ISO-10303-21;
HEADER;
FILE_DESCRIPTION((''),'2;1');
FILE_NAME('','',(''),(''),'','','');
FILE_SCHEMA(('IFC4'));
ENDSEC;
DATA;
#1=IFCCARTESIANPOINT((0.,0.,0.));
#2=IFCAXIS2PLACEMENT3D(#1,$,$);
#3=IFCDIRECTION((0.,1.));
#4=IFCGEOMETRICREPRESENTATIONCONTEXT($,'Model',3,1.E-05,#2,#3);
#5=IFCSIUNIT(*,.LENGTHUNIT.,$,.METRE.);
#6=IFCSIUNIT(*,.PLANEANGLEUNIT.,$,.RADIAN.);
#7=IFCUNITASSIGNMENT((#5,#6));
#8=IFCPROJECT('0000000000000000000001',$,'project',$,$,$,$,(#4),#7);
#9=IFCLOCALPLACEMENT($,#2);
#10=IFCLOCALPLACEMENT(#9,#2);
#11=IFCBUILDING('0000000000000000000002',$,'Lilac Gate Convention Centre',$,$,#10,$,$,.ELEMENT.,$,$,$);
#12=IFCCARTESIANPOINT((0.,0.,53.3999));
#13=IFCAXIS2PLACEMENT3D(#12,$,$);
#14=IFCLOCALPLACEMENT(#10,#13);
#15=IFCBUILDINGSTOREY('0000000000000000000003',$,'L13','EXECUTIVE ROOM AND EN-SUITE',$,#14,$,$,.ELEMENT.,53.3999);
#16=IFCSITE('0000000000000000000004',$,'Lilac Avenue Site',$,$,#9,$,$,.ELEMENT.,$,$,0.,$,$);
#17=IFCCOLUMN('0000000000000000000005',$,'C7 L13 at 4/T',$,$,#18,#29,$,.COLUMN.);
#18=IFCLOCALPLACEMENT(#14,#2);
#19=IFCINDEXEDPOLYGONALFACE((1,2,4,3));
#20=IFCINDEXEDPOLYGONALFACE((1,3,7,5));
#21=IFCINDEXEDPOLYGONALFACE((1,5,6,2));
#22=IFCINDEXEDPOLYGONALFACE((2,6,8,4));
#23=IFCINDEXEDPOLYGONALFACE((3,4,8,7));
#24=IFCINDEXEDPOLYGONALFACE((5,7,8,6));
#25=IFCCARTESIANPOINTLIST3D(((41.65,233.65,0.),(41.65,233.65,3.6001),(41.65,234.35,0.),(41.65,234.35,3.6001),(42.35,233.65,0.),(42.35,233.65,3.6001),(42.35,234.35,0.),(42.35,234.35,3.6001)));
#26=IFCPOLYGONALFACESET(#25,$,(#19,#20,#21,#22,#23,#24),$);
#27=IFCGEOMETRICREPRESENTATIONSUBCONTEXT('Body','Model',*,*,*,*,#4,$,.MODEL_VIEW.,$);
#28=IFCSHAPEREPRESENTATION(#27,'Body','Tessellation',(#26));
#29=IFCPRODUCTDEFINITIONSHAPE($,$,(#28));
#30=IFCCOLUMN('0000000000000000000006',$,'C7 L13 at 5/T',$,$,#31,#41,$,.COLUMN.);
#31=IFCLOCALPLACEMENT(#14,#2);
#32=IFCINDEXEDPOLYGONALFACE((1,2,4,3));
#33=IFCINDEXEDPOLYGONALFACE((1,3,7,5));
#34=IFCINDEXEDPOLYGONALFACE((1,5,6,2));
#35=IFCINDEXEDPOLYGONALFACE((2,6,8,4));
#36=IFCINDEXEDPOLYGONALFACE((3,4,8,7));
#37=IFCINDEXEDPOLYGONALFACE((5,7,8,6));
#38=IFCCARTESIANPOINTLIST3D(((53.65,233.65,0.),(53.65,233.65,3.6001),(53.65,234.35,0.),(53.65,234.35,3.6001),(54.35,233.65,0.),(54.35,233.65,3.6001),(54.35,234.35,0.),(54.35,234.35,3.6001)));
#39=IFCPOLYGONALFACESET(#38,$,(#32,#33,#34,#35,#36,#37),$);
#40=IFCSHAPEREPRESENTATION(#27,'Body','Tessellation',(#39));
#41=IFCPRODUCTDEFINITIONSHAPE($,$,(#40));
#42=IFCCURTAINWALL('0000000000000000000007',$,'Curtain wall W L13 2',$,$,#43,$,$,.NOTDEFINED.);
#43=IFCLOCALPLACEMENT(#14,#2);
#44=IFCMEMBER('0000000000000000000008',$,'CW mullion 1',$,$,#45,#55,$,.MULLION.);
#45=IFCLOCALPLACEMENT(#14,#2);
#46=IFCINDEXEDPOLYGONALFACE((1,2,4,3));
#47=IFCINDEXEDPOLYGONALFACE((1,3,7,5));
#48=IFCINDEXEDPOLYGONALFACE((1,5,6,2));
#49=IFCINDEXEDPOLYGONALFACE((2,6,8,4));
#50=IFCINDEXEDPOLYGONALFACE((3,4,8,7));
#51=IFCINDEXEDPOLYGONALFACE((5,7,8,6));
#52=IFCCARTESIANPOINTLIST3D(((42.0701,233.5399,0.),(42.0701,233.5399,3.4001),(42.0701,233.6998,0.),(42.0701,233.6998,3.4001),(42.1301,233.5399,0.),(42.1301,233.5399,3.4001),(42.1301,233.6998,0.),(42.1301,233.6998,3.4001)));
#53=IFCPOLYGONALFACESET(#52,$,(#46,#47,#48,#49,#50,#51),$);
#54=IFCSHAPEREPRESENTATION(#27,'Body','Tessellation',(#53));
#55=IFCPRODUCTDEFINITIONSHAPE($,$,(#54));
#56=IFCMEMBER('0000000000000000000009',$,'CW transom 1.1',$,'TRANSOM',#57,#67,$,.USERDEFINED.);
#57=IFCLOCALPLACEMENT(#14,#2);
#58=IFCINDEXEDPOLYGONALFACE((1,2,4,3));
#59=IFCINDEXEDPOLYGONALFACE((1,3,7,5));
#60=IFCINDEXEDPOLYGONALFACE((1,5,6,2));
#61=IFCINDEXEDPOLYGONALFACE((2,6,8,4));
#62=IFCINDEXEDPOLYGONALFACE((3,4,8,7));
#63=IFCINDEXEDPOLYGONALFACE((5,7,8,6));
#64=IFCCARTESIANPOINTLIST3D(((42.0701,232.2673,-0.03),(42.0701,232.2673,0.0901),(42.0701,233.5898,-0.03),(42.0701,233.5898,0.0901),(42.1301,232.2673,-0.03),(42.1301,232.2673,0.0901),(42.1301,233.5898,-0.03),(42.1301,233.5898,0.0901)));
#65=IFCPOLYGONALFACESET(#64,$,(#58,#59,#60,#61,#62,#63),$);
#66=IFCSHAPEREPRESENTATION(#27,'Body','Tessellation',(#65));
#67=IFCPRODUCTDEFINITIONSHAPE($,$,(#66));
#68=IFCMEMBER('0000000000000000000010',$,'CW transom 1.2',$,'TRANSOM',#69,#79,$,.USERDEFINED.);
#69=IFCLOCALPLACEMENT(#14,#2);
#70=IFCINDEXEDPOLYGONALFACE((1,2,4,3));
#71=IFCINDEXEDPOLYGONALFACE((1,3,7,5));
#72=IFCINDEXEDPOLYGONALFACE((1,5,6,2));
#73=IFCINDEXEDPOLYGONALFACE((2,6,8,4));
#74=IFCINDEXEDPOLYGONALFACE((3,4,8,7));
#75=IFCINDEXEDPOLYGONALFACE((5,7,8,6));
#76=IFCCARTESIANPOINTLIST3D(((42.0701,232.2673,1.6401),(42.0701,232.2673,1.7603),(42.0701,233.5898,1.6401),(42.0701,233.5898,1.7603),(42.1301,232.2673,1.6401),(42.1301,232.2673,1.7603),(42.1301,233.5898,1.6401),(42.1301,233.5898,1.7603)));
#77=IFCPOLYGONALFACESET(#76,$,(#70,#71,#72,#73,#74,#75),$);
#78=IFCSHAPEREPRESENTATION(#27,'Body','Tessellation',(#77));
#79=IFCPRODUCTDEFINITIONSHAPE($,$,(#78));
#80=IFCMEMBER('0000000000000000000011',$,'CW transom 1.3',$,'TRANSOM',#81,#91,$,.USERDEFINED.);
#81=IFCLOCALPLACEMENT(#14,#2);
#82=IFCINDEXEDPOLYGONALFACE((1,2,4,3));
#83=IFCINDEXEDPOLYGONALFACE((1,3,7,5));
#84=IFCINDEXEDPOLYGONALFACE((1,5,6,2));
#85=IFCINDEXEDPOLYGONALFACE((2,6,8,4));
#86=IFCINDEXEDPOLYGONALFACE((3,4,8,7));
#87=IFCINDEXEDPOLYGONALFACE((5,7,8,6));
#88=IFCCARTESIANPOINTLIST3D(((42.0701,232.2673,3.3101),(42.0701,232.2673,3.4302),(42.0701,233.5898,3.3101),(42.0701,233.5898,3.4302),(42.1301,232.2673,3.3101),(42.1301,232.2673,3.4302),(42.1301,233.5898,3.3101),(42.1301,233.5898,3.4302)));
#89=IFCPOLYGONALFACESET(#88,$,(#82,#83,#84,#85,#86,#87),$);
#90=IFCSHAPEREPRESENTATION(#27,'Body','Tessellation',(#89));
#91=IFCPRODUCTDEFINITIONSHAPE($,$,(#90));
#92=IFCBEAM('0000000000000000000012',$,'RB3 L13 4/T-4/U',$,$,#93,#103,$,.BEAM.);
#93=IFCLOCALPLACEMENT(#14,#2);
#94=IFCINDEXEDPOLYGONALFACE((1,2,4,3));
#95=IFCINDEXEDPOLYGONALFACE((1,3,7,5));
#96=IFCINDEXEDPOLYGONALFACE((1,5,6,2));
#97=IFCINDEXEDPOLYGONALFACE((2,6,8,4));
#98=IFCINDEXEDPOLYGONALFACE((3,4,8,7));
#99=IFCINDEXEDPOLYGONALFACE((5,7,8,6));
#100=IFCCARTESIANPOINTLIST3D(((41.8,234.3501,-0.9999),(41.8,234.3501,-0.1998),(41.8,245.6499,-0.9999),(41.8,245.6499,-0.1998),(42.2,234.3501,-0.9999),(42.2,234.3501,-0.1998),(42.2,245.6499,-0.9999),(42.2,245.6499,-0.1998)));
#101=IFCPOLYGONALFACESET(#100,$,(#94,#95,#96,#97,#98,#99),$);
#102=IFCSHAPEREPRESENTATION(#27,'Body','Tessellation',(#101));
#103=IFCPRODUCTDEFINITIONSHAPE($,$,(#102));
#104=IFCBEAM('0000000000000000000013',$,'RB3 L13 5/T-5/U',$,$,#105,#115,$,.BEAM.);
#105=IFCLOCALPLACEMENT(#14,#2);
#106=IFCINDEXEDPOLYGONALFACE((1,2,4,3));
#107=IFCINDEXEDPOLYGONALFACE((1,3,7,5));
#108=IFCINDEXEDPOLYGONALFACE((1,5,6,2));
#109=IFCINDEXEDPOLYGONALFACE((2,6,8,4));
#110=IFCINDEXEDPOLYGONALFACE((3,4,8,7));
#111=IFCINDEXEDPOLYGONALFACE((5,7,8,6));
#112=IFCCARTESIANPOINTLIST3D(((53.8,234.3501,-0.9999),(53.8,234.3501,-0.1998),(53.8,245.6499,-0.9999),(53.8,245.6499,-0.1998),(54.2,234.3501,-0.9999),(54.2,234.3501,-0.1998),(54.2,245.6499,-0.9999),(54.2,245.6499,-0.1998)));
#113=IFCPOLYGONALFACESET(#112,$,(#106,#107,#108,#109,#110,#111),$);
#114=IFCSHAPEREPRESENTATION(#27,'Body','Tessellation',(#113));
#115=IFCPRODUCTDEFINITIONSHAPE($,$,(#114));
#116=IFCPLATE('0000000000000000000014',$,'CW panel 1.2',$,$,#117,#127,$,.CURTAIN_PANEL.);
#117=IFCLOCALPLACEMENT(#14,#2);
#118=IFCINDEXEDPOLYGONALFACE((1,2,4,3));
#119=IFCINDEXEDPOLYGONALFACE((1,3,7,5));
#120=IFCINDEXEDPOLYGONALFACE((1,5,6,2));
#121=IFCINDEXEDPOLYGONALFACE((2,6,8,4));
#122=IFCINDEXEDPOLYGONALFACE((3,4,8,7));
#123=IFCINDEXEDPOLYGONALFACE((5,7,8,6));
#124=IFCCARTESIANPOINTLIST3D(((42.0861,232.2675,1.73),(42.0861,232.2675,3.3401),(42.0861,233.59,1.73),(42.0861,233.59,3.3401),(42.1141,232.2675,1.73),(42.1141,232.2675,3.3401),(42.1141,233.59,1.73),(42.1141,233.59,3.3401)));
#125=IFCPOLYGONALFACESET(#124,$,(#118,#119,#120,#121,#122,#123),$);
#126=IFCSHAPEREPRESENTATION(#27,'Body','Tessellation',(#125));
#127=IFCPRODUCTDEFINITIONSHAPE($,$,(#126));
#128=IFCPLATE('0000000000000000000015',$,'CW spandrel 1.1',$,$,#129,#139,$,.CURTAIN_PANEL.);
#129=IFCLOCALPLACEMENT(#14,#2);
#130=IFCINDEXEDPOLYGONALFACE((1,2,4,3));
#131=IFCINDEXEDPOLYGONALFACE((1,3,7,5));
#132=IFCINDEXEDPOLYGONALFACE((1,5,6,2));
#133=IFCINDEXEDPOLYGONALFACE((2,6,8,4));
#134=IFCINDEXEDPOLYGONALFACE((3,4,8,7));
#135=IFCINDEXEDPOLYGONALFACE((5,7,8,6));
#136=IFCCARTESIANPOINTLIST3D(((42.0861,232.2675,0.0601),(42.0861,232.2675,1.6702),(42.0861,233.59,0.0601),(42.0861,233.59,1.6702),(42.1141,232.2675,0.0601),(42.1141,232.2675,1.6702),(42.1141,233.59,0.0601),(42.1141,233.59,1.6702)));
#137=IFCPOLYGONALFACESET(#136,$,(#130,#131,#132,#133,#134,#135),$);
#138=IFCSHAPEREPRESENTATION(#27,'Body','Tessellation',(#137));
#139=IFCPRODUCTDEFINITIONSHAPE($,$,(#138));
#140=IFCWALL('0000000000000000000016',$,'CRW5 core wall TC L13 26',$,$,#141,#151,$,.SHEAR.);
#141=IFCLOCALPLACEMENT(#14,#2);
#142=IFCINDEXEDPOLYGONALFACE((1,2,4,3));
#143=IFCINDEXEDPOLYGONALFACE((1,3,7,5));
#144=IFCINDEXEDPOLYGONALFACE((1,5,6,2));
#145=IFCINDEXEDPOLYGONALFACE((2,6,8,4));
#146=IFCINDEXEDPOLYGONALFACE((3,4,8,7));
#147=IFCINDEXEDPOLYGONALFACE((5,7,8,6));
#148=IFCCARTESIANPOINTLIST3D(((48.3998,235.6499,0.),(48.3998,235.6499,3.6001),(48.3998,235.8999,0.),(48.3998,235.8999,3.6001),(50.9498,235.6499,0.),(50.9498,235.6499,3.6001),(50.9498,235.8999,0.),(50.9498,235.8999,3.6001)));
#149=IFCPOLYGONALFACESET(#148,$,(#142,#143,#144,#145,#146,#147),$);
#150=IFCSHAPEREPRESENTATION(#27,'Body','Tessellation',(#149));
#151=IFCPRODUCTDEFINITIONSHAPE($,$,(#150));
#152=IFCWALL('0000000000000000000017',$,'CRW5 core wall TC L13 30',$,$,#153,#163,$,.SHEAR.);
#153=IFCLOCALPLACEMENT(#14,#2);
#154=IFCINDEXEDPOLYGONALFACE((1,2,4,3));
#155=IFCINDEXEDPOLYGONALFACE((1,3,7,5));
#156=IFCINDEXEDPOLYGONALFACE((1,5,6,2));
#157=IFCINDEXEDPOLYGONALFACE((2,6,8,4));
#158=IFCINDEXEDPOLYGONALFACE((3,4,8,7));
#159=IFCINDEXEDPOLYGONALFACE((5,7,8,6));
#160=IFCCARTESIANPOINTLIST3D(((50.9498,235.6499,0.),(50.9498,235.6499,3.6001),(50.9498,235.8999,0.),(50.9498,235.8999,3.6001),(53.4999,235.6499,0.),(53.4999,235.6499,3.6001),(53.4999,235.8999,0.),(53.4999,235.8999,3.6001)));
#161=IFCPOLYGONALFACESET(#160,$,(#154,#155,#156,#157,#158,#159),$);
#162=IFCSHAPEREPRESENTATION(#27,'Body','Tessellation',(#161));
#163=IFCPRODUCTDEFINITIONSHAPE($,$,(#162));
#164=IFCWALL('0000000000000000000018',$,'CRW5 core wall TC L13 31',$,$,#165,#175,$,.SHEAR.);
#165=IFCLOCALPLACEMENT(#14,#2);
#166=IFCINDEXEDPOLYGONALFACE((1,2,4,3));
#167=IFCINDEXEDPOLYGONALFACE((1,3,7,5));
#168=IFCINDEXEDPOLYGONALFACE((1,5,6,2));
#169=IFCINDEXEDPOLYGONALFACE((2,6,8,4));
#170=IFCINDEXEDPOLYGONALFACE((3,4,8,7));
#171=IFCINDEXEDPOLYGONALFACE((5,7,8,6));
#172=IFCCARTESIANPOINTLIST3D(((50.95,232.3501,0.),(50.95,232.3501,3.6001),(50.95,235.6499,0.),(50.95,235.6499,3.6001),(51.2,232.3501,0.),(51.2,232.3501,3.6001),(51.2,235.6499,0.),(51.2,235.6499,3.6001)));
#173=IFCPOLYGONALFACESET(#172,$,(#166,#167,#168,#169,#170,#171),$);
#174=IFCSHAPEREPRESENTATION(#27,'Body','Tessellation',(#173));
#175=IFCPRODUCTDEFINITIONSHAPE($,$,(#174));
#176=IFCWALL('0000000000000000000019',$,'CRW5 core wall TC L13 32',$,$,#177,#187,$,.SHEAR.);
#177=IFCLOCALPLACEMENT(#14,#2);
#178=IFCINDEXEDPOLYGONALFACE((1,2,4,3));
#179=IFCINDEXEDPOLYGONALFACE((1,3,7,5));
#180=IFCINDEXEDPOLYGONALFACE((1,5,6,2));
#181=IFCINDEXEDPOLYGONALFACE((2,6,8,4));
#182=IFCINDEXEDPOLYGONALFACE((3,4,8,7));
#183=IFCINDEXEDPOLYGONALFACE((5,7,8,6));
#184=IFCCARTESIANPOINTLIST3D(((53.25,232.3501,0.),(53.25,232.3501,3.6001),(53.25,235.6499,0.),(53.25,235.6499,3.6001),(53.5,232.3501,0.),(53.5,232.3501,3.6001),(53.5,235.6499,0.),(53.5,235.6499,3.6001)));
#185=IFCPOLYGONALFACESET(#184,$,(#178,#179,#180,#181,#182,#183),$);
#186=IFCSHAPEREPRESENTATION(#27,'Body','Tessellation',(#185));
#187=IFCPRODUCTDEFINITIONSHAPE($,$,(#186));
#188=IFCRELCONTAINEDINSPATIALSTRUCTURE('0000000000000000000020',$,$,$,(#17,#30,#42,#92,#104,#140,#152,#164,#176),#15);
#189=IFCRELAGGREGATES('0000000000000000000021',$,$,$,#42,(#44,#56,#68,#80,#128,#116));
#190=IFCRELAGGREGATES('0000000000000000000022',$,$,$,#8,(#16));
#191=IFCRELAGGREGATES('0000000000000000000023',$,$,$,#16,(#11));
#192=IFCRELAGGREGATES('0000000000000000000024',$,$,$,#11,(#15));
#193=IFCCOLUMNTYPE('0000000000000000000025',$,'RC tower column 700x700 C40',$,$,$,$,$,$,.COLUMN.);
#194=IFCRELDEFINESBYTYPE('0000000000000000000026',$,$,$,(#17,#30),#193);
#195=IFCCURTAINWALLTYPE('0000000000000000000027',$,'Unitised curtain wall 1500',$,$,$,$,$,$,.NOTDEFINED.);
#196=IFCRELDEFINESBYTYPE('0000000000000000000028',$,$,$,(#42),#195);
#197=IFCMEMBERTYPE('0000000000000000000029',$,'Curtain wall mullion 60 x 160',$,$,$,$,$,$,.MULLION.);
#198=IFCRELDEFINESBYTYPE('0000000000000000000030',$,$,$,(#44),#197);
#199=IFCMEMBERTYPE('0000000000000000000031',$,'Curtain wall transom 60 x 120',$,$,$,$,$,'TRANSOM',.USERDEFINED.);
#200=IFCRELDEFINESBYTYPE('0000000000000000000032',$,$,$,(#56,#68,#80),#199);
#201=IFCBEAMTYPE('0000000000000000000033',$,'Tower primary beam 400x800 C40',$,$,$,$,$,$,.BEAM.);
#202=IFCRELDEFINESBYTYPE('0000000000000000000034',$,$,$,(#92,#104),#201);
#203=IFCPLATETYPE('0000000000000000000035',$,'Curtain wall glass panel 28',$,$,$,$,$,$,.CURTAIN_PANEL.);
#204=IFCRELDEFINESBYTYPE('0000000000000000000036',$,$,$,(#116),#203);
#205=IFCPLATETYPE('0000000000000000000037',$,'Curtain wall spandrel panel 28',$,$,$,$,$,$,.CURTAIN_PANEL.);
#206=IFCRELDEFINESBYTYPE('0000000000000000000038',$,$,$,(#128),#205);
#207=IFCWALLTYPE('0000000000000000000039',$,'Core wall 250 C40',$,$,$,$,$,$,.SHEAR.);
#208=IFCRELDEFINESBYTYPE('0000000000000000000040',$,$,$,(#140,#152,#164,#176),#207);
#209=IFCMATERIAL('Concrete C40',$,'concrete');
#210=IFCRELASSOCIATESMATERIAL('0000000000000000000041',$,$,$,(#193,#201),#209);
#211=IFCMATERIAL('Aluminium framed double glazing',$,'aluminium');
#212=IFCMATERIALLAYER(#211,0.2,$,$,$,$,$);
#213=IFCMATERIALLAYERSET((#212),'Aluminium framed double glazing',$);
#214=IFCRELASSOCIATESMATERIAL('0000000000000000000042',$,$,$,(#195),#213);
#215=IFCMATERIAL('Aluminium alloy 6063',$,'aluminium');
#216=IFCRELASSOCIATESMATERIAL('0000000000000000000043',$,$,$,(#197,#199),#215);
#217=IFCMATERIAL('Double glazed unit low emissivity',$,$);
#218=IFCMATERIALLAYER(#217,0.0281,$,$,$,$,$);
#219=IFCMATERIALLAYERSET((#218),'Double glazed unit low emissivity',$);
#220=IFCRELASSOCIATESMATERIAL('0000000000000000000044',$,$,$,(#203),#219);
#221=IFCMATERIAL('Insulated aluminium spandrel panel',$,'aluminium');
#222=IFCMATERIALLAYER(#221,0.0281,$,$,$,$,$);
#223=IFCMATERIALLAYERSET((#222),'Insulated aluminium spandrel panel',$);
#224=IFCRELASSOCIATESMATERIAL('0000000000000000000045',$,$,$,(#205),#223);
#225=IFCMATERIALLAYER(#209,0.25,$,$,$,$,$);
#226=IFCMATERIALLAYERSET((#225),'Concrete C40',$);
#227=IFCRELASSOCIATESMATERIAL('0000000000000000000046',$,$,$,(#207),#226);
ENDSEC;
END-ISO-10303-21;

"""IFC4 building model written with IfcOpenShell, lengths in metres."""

from ifc_helpers import new_model, si_unit, direction, frame, frame_2d, origin, origin_2d, place, context, subcontext, project, spatial, rectangle, extrude, material, layer, layer_set, material_profile, profile_set, type_object, element, aggregate, save


model = new_model("IFC4")

# Units and contexts
model_context = context("Model", 3, precision=1e-05, world=origin(), true_north=direction((0.0, 1.0)))
body_context = subcontext(model_context, "Body", "Model", "MODEL_VIEW")
ifc_project = project(units=[si_unit("LENGTHUNIT", "METRE"), si_unit("PLANEANGLEUNIT", "RADIAN")], contexts=[model_context])

# Site, building, storey
site_placement = place(None, origin())
site = spatial("IfcSite", under=ifc_project, at=site_placement, Name="Lilac Avenue Site", CompositionType="ELEMENT", RefElevation=0.0)
building_placement = place(site_placement, origin())
building = spatial("IfcBuilding", under=site, at=building_placement, Name="Lilac Gate Convention Centre", CompositionType="ELEMENT")
storey_placement = place(building_placement, frame((0.0, 0.0, 53.3999)))
storey = spatial("IfcBuildingStorey", under=building, at=storey_placement, Name="L13", Description="EXECUTIVE ROOM AND EN-SUITE", CompositionType="ELEMENT", Elevation=53.3999)

# Columns
ifc_material_1 = material(Name="Concrete C40", Category="concrete")
ifc_material_profile_1 = material_profile(ifc_material_1, rectangle(XDim=0.7, YDim=0.7, at=origin_2d()), Name="RC 700x700")
ifc_profile_set_1 = profile_set([ifc_material_profile_1], Name="Concrete C40")
column_type = type_object("IfcColumnType", Name="RC tower column 700x700 C40", PredefinedType="COLUMN", material=ifc_profile_set_1)
for number, where, z_axis, x_axis, name in (
    (1, (42.0, 234.0, 0.0), (0.0, 0.0, 1.0), (1.0, 0.0, 0.0), "C7 L13 at 4/T"),
    (2, (54.0, 234.0, 0.0), (0.0, 0.0, 1.0), (1.0, 0.0, 0.0), "C7 L13 at 5/T"),
):
    element("IfcColumn", number, at=place(storey_placement, frame(where, z_axis=z_axis, x_axis=x_axis)), inside=storey, type_object=column_type, Name=name, PredefinedType="COLUMN", context=body_context, shape_type="SweptSolid", body=[
        extrude(rectangle(XDim=0.7, YDim=0.7, at=origin_2d()), origin(), (0.0, 0.0, 1.0), 3.6001),
    ])

# Curtain wall, members
ifc_material_2 = material(Name="Aluminium framed double glazing", Category="aluminium")
ifc_layer_1 = layer(ifc_material_2, 0.2)
ifc_layer_set_1 = layer_set([ifc_layer_1], Name="Aluminium framed double glazing")
curtain_wall_type = type_object("IfcCurtainWallType", Name="Unitised curtain wall 1500", PredefinedType="NOTDEFINED", material=ifc_layer_set_1)
curtain_wall_placement = place(storey_placement, origin())
curtain_wall = element("IfcCurtainWall", 3, at=curtain_wall_placement, inside=storey, type_object=curtain_wall_type, Name="Curtain wall W L13 2", PredefinedType="NOTDEFINED")
ifc_material_3 = material(Name="Aluminium alloy 6063", Category="aluminium")
ifc_material_profile_2 = material_profile(ifc_material_3, rectangle(XDim=0.0601, YDim=0.1599, at=origin_2d()), Name="Curtain wall mullion 60 x 160")
ifc_profile_set_2 = profile_set([ifc_material_profile_2], Name="Aluminium alloy 6063")
member_type_1 = type_object("IfcMemberType", Name="Curtain wall mullion 60 x 160", PredefinedType="MULLION", material=ifc_profile_set_2)
member_1_placement = place(storey_placement, frame((42.1001, 233.6199, 0.0), z_axis=(0.0, 0.0, 1.0), x_axis=(1.0, 0.0, 0.0)))
member_1 = element("IfcMember", 4, at=member_1_placement, type_object=member_type_1, Name="CW mullion 1", PredefinedType="MULLION", context=body_context, shape_type="SweptSolid", body=[
    extrude(rectangle(XDim=0.0601, YDim=0.1599, at=origin_2d()), origin(), (0.0, 0.0, 1.0), 3.4001),
])
ifc_material_profile_3 = material_profile(ifc_material_3, rectangle(XDim=0.0601, YDim=0.1201, at=origin_2d()), Name="Curtain wall transom 60 x 120")
ifc_profile_set_3 = profile_set([ifc_material_profile_3], Name="Aluminium alloy 6063")
member_type_2 = type_object("IfcMemberType", Name="Curtain wall transom 60 x 120", ElementType="TRANSOM", PredefinedType="USERDEFINED", material=ifc_profile_set_3)
member_2_placement = place(storey_placement, frame((42.1001, 233.5898, 0.03), z_axis=(0.0, -1.0, 0.0), x_axis=(1.0, 0.0, 0.0)))
member_2 = element("IfcMember", 5, at=member_2_placement, type_object=member_type_2, Name="CW transom 1.1", ObjectType="TRANSOM", PredefinedType="USERDEFINED", context=body_context, shape_type="SweptSolid", body=[
    extrude(rectangle(XDim=0.0601, YDim=0.1201, at=origin_2d()), origin(), (0.0, 0.0, 1.0), 1.3225),
])
member_3_placement = place(storey_placement, frame((42.1001, 233.5898, 1.7002), z_axis=(0.0, -1.0, 0.0), x_axis=(1.0, 0.0, 0.0)))
member_3 = element("IfcMember", 6, at=member_3_placement, type_object=member_type_2, Name="CW transom 1.2", ObjectType="TRANSOM", PredefinedType="USERDEFINED", context=body_context, shape_type="SweptSolid", body=[
    extrude(rectangle(XDim=0.0601, YDim=0.1201, at=origin_2d()), origin(), (0.0, 0.0, 1.0), 1.3225),
])
member_4_placement = place(storey_placement, frame((42.1001, 233.5898, 3.3701), z_axis=(0.0, -1.0, 0.0), x_axis=(1.0, 0.0, 0.0)))
member_4 = element("IfcMember", 7, at=member_4_placement, type_object=member_type_2, Name="CW transom 1.3", ObjectType="TRANSOM", PredefinedType="USERDEFINED", context=body_context, shape_type="SweptSolid", body=[
    extrude(rectangle(XDim=0.0601, YDim=0.1201, at=origin_2d()), origin(), (0.0, 0.0, 1.0), 1.3225),
])

# Beams
ifc_material_profile_4 = material_profile(ifc_material_1, rectangle(XDim=0.3999, YDim=0.8, at=origin_2d()), Name="RC 400x800")
ifc_profile_set_4 = profile_set([ifc_material_profile_4], Name="Concrete C40")
beam_type = type_object("IfcBeamType", Name="Tower primary beam 400x800 C40", PredefinedType="BEAM", material=ifc_profile_set_4)
for number, where, z_axis, x_axis, name in (
    (8, (42.0, 234.3501, -0.5999), (0.0, 1.0, 0.0), (-1.0, 0.0, 0.0), "RB3 L13 4/T-4/U"),
    (9, (54.0, 234.3501, -0.5999), (0.0, 1.0, 0.0), (-1.0, 0.0, 0.0), "RB3 L13 5/T-5/U"),
):
    element("IfcBeam", number, at=place(storey_placement, frame(where, z_axis=z_axis, x_axis=x_axis)), inside=storey, type_object=beam_type, Name=name, PredefinedType="BEAM", context=body_context, shape_type="SweptSolid", body=[
        extrude(rectangle(XDim=0.3999, YDim=0.8, at=origin_2d()), origin(), (0.0, 0.0, 1.0), 11.2998),
    ])

# Plates
ifc_material_4 = material(Name="Double glazed unit low emissivity")
ifc_layer_2 = layer(ifc_material_4, 0.0281)
ifc_layer_set_2 = layer_set([ifc_layer_2], Name="Double glazed unit low emissivity")
plate_type_1 = type_object("IfcPlateType", Name="Curtain wall glass panel 28", PredefinedType="CURTAIN_PANEL", material=ifc_layer_set_2)
plate_1_placement = place(storey_placement, frame((42.1001, 232.9287, 1.73), z_axis=(0.0, 0.0, 1.0), x_axis=(0.0, -1.0, 0.0)))
plate_1 = element("IfcPlate", 10, at=plate_1_placement, type_object=plate_type_1, Name="CW panel 1.2", PredefinedType="CURTAIN_PANEL", context=body_context, shape_type="SweptSolid", body=[
    extrude(rectangle(XDim=1.3225, YDim=0.0281, at=origin_2d()), origin(), (0.0, 0.0, 1.0), 1.6101),
])
ifc_material_5 = material(Name="Insulated aluminium spandrel panel", Category="aluminium")
ifc_layer_3 = layer(ifc_material_5, 0.0281)
ifc_layer_set_3 = layer_set([ifc_layer_3], Name="Insulated aluminium spandrel panel")
plate_type_2 = type_object("IfcPlateType", Name="Curtain wall spandrel panel 28", PredefinedType="CURTAIN_PANEL", material=ifc_layer_set_3)
plate_2_placement = place(storey_placement, frame((42.1001, 232.9287, 0.0601), z_axis=(0.0, 0.0, 1.0), x_axis=(0.0, -1.0, 0.0)))
plate_2 = element("IfcPlate", 11, at=plate_2_placement, type_object=plate_type_2, Name="CW spandrel 1.1", PredefinedType="CURTAIN_PANEL", context=body_context, shape_type="SweptSolid", body=[
    extrude(rectangle(XDim=1.3225, YDim=0.0281, at=origin_2d()), origin(), (0.0, 0.0, 1.0), 1.6101),
])
aggregate(curtain_wall, [member_1, member_2, member_3, member_4, plate_2, plate_1])

# Walls
ifc_layer_4 = layer(ifc_material_1, 0.25)
ifc_layer_set_4 = layer_set([ifc_layer_4], Name="Concrete C40")
wall_type_1 = type_object("IfcWallType", Name="Core wall 250 C40", PredefinedType="SHEAR", material=ifc_layer_set_4)
for number, where, z_axis, x_axis, name in (
    (12, (48.3999, 235.7749, 0.0), (0.0, 0.0, 1.0), (1.0, 0.0, 0.0), "CRW5 core wall TC L13 26"),
    (13, (50.95, 235.7749, 0.0), (0.0, 0.0, 1.0), (1.0, 0.0, 0.0), "CRW5 core wall TC L13 30"),
):
    element("IfcWall", number, at=place(storey_placement, frame(where, z_axis=z_axis, x_axis=x_axis)), inside=storey, type_object=wall_type_1, Name=name, PredefinedType="SHEAR", context=body_context, shape_type="SweptSolid", body=[
        extrude(rectangle(XDim=2.55, YDim=0.25, at=frame_2d((1.2749, 0.0))), origin(), (0.0, 0.0, 1.0), 3.6001),
    ])
for number, where, z_axis, x_axis, name in (
    (14, (51.075, 232.3501, 0.0), (0.0, 0.0, 1.0), (0.0, 1.0, 0.0), "CRW5 core wall TC L13 31"),
    (15, (53.375, 232.3501, 0.0), (0.0, 0.0, 1.0), (0.0, 1.0, 0.0), "CRW5 core wall TC L13 32"),
):
    element("IfcWall", number, at=place(storey_placement, frame(where, z_axis=z_axis, x_axis=x_axis)), inside=storey, type_object=wall_type_1, Name=name, PredefinedType="SHEAR", context=body_context, shape_type="SweptSolid", body=[
        extrude(rectangle(XDim=3.2998, YDim=0.25, at=frame_2d((1.6499, 0.0))), origin(), (0.0, 0.0, 1.0), 3.6001),
    ])

save(model, "model.ifc")
